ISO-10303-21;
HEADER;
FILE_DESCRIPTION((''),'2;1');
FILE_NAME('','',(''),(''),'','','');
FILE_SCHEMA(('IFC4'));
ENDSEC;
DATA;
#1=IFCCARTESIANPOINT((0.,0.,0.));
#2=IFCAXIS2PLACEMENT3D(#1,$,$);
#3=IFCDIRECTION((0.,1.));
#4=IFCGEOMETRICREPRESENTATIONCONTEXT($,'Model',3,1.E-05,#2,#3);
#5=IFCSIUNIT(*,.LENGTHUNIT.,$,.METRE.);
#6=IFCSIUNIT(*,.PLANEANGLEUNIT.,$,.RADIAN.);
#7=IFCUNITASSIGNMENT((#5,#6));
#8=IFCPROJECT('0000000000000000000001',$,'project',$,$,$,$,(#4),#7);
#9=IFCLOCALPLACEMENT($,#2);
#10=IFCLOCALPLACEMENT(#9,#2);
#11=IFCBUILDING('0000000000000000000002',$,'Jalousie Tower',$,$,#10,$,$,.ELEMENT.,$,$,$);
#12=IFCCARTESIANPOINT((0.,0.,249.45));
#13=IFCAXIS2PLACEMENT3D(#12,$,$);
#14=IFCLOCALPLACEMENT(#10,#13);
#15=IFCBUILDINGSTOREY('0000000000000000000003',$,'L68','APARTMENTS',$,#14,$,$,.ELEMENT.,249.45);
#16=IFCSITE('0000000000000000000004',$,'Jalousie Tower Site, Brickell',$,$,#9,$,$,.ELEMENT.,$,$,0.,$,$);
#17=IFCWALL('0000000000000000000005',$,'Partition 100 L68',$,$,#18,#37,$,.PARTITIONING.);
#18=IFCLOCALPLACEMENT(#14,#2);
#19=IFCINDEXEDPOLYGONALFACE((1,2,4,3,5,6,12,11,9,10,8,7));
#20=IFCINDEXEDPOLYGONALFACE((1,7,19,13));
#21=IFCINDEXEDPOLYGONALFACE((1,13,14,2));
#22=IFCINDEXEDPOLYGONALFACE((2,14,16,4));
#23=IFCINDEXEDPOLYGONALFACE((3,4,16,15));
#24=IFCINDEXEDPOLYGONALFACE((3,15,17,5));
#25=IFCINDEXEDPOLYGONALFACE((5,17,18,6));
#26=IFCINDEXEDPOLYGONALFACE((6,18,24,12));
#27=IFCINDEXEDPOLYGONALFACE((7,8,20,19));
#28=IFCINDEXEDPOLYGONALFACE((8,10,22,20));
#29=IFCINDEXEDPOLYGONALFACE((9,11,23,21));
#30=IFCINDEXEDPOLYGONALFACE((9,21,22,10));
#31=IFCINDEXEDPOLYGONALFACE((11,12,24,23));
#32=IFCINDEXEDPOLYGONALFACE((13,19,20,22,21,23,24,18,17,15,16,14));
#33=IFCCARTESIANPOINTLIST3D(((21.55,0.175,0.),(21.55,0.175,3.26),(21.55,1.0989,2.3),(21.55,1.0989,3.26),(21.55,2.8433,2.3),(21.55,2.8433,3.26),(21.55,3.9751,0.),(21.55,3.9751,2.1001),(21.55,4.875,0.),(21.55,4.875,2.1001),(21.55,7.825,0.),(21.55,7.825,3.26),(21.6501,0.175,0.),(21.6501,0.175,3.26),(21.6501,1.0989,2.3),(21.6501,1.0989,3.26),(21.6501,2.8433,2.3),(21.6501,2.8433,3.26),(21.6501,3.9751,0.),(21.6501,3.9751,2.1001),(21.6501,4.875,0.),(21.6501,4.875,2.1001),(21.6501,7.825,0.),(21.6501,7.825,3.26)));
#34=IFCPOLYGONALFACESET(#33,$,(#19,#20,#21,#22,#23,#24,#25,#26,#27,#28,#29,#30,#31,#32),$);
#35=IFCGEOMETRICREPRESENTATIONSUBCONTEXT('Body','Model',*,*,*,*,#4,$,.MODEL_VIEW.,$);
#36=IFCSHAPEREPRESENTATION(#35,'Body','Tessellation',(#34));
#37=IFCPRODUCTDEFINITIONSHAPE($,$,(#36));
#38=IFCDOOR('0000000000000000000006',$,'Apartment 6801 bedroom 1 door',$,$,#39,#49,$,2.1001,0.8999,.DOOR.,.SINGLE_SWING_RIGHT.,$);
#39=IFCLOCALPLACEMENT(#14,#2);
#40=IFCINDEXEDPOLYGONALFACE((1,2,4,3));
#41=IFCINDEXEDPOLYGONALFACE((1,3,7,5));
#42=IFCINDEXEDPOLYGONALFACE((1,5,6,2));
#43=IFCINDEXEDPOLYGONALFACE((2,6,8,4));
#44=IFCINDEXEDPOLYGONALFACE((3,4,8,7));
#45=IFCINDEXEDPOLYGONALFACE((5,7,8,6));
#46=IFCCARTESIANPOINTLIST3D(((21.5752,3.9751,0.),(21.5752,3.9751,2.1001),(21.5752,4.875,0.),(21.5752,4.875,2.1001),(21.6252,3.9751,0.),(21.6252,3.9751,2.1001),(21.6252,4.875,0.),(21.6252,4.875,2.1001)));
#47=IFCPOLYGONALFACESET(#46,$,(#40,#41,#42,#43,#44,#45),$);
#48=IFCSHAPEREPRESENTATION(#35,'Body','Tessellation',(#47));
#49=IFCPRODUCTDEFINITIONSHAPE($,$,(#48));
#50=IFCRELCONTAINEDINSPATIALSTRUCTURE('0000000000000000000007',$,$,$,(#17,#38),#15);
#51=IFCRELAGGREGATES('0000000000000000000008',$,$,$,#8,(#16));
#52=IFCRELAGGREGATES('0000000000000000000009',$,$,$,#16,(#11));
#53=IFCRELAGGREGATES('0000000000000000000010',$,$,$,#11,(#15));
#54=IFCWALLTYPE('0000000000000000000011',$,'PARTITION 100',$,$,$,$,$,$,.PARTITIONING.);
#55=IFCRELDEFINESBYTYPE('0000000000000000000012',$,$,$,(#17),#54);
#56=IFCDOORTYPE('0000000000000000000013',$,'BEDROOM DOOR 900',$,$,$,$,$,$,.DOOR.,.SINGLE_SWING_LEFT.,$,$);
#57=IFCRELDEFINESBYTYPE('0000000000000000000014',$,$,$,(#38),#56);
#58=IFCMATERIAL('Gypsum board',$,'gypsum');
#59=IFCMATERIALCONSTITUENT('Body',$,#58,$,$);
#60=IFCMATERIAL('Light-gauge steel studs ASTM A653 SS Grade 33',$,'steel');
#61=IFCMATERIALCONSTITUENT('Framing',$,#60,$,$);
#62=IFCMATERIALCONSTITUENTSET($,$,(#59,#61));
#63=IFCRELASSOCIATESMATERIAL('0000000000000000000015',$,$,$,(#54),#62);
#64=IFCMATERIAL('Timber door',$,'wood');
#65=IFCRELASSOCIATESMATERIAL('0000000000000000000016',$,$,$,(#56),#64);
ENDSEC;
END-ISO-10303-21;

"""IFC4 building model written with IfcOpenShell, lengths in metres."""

from ifc_helpers import new_model, si_unit, direction, frame, frame_2d, origin, place, context, subcontext, project, spatial, polyline, rectangle, outline, extrude, material, constituent, constituent_set, type_object, element, fill, save


model = new_model("IFC4")

# Units and contexts
model_context = context("Model", 3, precision=1e-05, world=origin(), true_north=direction((0.0, 1.0)))
body_context = subcontext(model_context, "Body", "Model", "MODEL_VIEW")
ifc_project = project(units=[si_unit("LENGTHUNIT", "METRE"), si_unit("PLANEANGLEUNIT", "RADIAN")], contexts=[model_context])

# Site, building, storey
site_placement = place(None, origin())
site = spatial("IfcSite", under=ifc_project, at=site_placement, Name="Jalousie Tower Site, Brickell", CompositionType="ELEMENT", RefElevation=0.0)
building_placement = place(site_placement, origin())
building = spatial("IfcBuilding", under=site, at=building_placement, Name="Jalousie Tower", CompositionType="ELEMENT")
storey_placement = place(building_placement, frame((0.0, 0.0, 249.45)))
storey = spatial("IfcBuildingStorey", under=building, at=storey_placement, Name="L68", Description="APARTMENTS", CompositionType="ELEMENT", Elevation=249.45)

# Wall, opening, door
ifc_material_1 = material(Name="Gypsum board", Category="gypsum")
ifc_constituent_1 = constituent(ifc_material_1, Name="Body")
ifc_material_2 = material(Name="Light-gauge steel studs ASTM A653 SS Grade 33", Category="steel")
ifc_constituent_2 = constituent(ifc_material_2, Name="Framing")
ifc_constituent_set_1 = constituent_set(constituents=[ifc_constituent_1, ifc_constituent_2])
wall_type_1 = type_object("IfcWallType", Name="PARTITION 100", PredefinedType="PARTITIONING", material=ifc_constituent_set_1)
wall_1_placement = place(storey_placement, frame((21.6001, 0.175, 0.0), z_axis=(0.0, 0.0, 1.0), x_axis=(0.0, 1.0, 0.0)))
wall_1 = element("IfcWall", 1, at=wall_1_placement, inside=storey, type_object=wall_type_1, Name="Partition 100 L68", PredefinedType="PARTITIONING", context=body_context, shape_type="SweptSolid", body=[
    extrude(outline(polyline([(0.0, 0.0), (7.6499, 0.0), (7.6499, 3.26), (2.6682, 3.26), (2.6682, 2.3), (0.9238, 2.3), (0.9238, 3.26), (0.0, 3.26), (0.0, 0.0)])), frame((0.0, 0.05, 0.0), z_axis=(0.0, -1.0, 0.0), x_axis=(1.0, 0.0, 0.0)), (0.0, 0.0, 1.0), 0.1001),
])
opening_1_placement = place(wall_1_placement, frame((3.8, 0.0, 0.0)))
opening_1 = element("IfcOpeningElement", 2, at=opening_1_placement, cuts=wall_1, PredefinedType="OPENING", context=body_context, shape_type="SweptSolid", body=[
    extrude(rectangle(XDim=0.8999, YDim=2.1001, at=frame_2d((0.45, 1.05))), frame((0.0, 0.0601, 0.0), z_axis=(0.0, -1.0, 0.0), x_axis=(1.0, 0.0, 0.0)), (0.0, 0.0, 1.0), 0.1201),
])
ifc_material_3 = material(Name="Timber door", Category="wood")
door_type_1 = type_object("IfcDoorType", Name="BEDROOM DOOR 900", OperationType="SINGLE_SWING_LEFT", PredefinedType="DOOR", material=ifc_material_3)
door_1_placement = place(opening_1_placement, origin())
door_1 = element("IfcDoor", 3, at=door_1_placement, inside=storey, type_object=door_type_1, Name="Apartment 6801 bedroom 1 door", OperationType="SINGLE_SWING_RIGHT", OverallHeight=2.1001, OverallWidth=0.8999, PredefinedType="DOOR", context=body_context, shape_type="SweptSolid", body=[
    extrude(rectangle(XDim=0.8999, YDim=2.1001, at=frame_2d((0.45, 1.05))), frame((0.0, 0.0249, 0.0), z_axis=(0.0, -1.0, 0.0), x_axis=(1.0, 0.0, 0.0)), (0.0, 0.0, 1.0), 0.05),
])
fill(opening_1, door_1)

save(model, "model.ifc")
